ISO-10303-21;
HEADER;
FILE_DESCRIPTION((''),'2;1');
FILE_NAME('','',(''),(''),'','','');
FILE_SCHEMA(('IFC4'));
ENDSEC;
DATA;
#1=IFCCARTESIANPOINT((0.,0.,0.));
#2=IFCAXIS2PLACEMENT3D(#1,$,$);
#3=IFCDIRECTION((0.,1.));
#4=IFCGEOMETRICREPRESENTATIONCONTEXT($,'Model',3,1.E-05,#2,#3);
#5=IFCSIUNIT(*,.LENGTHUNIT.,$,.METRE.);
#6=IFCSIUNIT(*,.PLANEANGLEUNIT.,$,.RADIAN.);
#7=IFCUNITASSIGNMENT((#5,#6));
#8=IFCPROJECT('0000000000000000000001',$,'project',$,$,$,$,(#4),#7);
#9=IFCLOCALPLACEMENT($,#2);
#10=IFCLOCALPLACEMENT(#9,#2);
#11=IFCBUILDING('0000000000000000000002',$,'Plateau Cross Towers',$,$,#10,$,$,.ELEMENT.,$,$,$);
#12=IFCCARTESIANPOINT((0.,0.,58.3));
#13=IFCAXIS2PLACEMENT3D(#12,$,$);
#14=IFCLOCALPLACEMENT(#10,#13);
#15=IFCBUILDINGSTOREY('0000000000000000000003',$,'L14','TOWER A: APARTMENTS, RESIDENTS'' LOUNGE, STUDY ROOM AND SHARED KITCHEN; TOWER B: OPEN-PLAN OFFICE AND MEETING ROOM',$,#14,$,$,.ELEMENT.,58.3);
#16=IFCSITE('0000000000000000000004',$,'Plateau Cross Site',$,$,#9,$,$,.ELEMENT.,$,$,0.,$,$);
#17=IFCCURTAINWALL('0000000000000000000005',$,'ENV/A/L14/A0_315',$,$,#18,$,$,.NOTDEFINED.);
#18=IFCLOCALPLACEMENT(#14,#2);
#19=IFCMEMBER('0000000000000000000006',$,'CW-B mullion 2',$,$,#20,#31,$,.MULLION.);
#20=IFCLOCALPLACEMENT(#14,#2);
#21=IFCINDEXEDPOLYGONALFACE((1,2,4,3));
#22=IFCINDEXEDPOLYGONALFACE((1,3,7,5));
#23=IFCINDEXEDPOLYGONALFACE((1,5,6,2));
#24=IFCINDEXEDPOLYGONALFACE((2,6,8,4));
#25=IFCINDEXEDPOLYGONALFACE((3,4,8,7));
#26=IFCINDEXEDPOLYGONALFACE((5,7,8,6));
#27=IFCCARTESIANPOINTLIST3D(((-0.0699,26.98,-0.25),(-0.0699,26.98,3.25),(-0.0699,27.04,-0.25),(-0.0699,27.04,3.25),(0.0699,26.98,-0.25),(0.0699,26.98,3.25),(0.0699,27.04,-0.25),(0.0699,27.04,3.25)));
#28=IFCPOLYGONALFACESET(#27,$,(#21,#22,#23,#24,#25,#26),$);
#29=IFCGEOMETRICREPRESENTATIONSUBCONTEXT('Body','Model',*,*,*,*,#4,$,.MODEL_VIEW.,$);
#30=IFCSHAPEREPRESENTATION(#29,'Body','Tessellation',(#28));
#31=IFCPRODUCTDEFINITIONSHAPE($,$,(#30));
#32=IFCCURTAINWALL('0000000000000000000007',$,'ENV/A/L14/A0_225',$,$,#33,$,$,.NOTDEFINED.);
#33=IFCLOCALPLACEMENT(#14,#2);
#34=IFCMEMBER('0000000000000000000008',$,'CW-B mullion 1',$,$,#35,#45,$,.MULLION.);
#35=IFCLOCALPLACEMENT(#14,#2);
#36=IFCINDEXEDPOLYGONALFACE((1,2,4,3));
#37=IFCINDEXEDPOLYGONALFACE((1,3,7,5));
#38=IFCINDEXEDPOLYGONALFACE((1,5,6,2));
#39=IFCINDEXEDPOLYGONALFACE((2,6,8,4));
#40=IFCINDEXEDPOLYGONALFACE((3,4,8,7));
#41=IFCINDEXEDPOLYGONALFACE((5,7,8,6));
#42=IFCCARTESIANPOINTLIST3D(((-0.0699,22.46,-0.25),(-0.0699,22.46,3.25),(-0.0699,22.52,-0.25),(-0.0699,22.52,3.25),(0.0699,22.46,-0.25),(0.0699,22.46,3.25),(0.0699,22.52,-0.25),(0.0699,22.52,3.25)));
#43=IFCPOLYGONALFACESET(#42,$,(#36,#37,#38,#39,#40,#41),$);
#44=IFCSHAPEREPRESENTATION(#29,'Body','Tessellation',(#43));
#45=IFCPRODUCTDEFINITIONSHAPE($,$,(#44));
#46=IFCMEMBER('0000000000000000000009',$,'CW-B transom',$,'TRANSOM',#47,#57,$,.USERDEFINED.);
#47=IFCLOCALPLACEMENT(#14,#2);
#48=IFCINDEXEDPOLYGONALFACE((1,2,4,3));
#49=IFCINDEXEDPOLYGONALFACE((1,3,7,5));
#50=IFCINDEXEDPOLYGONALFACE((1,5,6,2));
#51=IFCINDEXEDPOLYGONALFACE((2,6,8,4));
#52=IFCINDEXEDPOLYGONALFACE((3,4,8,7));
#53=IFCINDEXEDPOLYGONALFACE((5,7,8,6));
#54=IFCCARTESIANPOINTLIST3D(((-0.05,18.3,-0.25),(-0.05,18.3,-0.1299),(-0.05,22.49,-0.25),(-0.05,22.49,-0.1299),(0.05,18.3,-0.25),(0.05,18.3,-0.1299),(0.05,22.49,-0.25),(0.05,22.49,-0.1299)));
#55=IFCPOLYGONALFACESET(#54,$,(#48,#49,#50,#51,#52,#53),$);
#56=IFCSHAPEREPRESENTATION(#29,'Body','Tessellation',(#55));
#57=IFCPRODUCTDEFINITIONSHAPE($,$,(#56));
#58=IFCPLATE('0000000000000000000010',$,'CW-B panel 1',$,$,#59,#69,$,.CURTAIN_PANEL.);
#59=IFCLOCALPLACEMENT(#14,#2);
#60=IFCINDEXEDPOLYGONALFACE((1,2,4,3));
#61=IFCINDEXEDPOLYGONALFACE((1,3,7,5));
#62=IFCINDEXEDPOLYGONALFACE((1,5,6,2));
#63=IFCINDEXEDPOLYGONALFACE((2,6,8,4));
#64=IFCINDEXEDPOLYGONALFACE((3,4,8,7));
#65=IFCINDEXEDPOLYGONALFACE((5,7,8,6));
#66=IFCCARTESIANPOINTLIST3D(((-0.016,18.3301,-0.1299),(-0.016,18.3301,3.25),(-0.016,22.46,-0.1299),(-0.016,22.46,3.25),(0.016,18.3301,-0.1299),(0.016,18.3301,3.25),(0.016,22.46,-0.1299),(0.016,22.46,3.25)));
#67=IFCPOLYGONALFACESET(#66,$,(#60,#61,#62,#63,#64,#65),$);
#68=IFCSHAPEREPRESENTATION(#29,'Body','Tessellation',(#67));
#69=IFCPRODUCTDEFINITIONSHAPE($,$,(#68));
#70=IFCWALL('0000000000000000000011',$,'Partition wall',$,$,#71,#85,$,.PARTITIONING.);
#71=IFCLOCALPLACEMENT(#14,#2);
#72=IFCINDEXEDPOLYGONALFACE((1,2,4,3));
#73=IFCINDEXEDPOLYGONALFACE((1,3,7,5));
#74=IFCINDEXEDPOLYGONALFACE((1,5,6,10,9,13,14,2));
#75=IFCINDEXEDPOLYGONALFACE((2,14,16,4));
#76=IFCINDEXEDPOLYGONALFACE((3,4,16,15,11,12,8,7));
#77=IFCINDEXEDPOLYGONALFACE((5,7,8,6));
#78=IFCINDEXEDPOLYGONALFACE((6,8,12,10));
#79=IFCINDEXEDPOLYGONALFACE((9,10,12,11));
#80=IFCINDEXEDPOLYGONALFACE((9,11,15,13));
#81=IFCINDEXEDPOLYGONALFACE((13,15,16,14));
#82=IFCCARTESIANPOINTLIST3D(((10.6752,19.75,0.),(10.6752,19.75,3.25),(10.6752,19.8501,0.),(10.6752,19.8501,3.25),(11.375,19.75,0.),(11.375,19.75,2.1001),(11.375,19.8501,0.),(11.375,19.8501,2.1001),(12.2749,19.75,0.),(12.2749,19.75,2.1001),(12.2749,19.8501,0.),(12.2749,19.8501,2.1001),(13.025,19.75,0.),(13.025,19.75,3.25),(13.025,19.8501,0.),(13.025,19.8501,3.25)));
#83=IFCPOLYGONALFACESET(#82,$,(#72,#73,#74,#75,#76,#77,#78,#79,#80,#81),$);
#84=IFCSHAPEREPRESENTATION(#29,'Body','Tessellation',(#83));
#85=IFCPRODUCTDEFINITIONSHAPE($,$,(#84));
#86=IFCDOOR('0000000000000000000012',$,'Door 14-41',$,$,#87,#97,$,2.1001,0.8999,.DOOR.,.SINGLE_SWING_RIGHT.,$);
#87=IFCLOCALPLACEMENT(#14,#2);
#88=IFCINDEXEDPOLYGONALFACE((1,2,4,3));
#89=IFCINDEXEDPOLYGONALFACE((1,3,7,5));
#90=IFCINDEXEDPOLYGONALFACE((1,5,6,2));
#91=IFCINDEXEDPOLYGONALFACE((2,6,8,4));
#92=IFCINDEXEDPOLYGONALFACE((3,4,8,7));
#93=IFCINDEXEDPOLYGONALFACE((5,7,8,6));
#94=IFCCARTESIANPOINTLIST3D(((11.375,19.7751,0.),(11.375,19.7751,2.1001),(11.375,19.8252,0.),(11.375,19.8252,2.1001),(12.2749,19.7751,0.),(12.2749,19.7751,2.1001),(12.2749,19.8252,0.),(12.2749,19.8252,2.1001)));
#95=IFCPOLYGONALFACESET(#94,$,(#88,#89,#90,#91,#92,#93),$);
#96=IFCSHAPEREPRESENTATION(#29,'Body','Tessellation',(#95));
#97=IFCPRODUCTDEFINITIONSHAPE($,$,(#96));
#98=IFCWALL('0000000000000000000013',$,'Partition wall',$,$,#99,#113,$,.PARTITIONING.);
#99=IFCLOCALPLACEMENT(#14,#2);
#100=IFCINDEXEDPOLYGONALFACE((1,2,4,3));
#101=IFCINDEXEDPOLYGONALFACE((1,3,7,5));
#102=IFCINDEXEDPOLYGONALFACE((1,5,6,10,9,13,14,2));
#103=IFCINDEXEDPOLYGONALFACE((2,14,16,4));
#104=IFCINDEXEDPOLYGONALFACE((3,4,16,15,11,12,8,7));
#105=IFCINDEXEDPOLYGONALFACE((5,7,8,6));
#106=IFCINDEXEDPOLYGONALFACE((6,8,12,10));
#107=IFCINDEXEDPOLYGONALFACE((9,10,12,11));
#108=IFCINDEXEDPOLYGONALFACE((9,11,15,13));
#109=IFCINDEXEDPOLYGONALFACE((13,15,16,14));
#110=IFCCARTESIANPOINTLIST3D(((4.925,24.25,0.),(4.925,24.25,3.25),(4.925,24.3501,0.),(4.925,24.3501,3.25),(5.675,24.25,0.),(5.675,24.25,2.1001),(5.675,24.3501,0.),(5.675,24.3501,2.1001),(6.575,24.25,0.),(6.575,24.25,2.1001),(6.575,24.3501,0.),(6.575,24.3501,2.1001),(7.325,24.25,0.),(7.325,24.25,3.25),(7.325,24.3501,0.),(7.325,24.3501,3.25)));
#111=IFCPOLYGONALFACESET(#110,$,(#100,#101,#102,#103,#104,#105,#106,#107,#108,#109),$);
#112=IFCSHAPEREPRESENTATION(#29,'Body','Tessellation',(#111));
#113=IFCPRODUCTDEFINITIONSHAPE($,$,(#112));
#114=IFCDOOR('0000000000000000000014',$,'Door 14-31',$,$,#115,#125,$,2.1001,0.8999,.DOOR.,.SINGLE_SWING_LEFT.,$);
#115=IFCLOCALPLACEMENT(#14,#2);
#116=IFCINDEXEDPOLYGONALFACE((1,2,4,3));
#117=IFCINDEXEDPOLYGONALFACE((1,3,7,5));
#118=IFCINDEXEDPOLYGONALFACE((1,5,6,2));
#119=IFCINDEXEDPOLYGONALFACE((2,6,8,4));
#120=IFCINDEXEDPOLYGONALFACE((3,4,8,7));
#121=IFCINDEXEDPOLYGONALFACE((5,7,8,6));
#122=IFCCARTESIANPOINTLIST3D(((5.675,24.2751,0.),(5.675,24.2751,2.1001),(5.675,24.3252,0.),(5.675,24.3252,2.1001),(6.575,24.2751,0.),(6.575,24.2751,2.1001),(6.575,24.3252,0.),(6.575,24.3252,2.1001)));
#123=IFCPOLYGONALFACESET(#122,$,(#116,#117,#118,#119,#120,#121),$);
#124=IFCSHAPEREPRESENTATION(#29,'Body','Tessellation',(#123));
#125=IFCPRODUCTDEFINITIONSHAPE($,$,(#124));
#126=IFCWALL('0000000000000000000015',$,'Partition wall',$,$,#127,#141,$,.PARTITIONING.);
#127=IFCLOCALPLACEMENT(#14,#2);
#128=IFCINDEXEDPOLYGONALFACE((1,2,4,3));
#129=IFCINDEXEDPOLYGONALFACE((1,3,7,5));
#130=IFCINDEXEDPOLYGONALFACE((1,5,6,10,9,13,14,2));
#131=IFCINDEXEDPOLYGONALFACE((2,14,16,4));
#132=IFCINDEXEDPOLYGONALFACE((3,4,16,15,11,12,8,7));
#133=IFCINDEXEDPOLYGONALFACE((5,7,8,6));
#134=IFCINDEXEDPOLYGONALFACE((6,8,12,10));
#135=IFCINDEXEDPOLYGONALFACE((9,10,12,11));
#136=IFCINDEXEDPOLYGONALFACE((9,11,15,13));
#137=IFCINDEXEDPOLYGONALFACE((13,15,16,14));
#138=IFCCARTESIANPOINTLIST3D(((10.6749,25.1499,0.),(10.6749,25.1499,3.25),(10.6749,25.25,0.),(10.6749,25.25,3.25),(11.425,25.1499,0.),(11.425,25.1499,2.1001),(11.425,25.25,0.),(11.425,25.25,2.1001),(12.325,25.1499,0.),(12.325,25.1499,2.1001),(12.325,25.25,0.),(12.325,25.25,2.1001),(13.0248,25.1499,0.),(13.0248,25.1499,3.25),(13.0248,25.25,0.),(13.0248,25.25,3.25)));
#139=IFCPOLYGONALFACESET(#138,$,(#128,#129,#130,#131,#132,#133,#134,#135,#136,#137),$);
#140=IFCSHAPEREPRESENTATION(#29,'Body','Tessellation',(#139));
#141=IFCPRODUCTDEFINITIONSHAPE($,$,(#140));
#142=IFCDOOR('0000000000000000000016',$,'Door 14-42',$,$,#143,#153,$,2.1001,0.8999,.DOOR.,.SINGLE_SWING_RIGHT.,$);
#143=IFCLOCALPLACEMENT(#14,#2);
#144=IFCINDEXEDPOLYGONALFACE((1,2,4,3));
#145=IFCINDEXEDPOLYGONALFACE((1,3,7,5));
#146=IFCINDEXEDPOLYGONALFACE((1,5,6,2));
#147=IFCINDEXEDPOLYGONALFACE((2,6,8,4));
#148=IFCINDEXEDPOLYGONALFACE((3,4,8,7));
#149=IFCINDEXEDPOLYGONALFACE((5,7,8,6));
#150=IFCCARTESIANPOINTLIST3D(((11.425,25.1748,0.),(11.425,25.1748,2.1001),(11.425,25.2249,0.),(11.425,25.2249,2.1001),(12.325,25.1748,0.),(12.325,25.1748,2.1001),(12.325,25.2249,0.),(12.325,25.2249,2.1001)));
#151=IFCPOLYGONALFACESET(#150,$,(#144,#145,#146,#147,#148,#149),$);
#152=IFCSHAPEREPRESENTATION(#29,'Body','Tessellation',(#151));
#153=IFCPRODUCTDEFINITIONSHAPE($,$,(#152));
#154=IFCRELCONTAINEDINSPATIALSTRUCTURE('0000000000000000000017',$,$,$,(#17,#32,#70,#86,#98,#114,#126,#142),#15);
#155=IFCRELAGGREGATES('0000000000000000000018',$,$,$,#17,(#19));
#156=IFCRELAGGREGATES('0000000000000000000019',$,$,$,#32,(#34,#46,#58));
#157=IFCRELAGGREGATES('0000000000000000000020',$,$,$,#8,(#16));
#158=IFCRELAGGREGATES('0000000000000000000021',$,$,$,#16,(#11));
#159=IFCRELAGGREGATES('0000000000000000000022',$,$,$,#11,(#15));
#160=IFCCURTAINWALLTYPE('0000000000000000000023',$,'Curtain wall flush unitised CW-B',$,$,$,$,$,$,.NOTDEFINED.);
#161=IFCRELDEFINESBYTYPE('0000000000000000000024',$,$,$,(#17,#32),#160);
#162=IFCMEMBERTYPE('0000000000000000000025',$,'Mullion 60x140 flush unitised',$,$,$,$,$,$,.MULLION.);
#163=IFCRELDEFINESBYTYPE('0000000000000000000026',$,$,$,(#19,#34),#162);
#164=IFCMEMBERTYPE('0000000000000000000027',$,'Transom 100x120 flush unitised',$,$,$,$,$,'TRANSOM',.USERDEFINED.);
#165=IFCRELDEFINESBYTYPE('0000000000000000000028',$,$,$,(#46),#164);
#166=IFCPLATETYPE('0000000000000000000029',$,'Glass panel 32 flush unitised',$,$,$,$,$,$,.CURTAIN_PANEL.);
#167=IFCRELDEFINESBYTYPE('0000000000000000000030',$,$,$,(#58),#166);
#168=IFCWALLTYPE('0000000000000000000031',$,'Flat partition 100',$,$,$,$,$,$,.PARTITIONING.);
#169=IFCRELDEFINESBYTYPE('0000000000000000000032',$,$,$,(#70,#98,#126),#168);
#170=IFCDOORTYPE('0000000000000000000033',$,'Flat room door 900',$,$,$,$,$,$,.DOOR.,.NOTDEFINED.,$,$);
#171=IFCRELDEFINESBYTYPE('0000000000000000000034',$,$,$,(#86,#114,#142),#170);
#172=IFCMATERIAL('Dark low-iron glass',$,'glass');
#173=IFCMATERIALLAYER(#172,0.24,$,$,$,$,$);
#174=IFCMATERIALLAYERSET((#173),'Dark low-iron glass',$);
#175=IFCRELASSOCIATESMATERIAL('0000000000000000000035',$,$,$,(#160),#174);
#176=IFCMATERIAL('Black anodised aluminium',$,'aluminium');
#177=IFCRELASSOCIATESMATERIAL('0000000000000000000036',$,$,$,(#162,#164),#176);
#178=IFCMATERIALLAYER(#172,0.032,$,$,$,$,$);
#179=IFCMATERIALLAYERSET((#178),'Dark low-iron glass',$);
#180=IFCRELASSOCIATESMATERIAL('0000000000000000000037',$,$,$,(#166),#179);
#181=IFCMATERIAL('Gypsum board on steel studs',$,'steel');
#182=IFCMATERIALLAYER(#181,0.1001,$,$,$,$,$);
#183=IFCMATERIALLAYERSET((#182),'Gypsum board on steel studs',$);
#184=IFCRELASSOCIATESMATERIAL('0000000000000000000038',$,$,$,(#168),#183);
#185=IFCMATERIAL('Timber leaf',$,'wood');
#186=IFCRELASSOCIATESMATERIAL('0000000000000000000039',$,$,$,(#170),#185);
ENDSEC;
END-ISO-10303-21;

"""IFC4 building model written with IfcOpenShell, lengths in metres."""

from ifc_helpers import new_model, si_unit, direction, frame, frame_2d, origin, origin_2d, place, context, subcontext, project, spatial, rectangle, extrude, material, layer, layer_set, material_profile, profile_set, type_object, element, fill, aggregate, save


model = new_model("IFC4")

# Units and contexts
model_context = context("Model", 3, precision=1e-05, world=origin(), true_north=direction((0.0, 1.0)))
body_context = subcontext(model_context, "Body", "Model", "MODEL_VIEW")
ifc_project = project(units=[si_unit("LENGTHUNIT", "METRE"), si_unit("PLANEANGLEUNIT", "RADIAN")], contexts=[model_context])

# Site, building, storey
site_placement = place(None, origin())
site = spatial("IfcSite", under=ifc_project, at=site_placement, Name="Plateau Cross Site", CompositionType="ELEMENT", RefElevation=0.0)
building_placement = place(site_placement, origin())
building = spatial("IfcBuilding", under=site, at=building_placement, Name="Plateau Cross Towers", CompositionType="ELEMENT")
storey_placement = place(building_placement, frame((0.0, 0.0, 58.3)))
storey = spatial("IfcBuildingStorey", under=building, at=storey_placement, Name="L14", Description="TOWER A: APARTMENTS, RESIDENTS' LOUNGE, STUDY ROOM AND SHARED KITCHEN; TOWER B: OPEN-PLAN OFFICE AND MEETING ROOM", CompositionType="ELEMENT", Elevation=58.3)

# Curtain wall, member
ifc_material_1 = material(Name="Dark low-iron glass", Category="glass")
ifc_layer_1 = layer(ifc_material_1, 0.24)
ifc_layer_set_1 = layer_set([ifc_layer_1], Name="Dark low-iron glass")
curtain_wall_type = type_object("IfcCurtainWallType", Name="Curtain wall flush unitised CW-B", PredefinedType="NOTDEFINED", material=ifc_layer_set_1)
curtain_wall_1_placement = place(storey_placement, origin())
curtain_wall_1 = element("IfcCurtainWall", 1, at=curtain_wall_1_placement, inside=storey, type_object=curtain_wall_type, Name="ENV/A/L14/A0_315", PredefinedType="NOTDEFINED")
ifc_material_2 = material(Name="Black anodised aluminium", Category="aluminium")
ifc_material_profile_1 = material_profile(ifc_material_2, rectangle(XDim=0.0601, YDim=0.1399, at=origin_2d()), Name="MULLION 60x140")
ifc_profile_set_1 = profile_set([ifc_material_profile_1], Name="Black anodised aluminium")
member_type_1 = type_object("IfcMemberType", Name="Mullion 60x140 flush unitised", PredefinedType="MULLION", material=ifc_profile_set_1)
member_1_placement = place(storey_placement, frame((0.0, 27.01, -0.25), z_axis=(0.0, 0.0, 1.0), x_axis=(0.0, -1.0, 0.0)))
member_1 = element("IfcMember", 2, at=member_1_placement, type_object=member_type_1, Name="CW-B mullion 2", PredefinedType="MULLION", context=body_context, shape_type="SweptSolid", body=[
    extrude(rectangle(XDim=0.0601, YDim=0.1399, at=origin_2d()), origin(), (0.0, 0.0, 1.0), 3.5),
])
aggregate(curtain_wall_1, [member_1])

# Curtain wall, members, plate
curtain_wall_2_placement = place(storey_placement, origin())
curtain_wall_2 = element("IfcCurtainWall", 3, at=curtain_wall_2_placement, inside=storey, type_object=curtain_wall_type, Name="ENV/A/L14/A0_225", PredefinedType="NOTDEFINED")
member_2_placement = place(storey_placement, frame((0.0, 22.49, -0.25), z_axis=(0.0, 0.0, 1.0), x_axis=(0.0, -1.0, 0.0)))
member_2 = element("IfcMember", 4, at=member_2_placement, type_object=member_type_1, Name="CW-B mullion 1", PredefinedType="MULLION", context=body_context, shape_type="SweptSolid", body=[
    extrude(rectangle(XDim=0.0601, YDim=0.1399, at=origin_2d()), origin(), (0.0, 0.0, 1.0), 3.5),
])
ifc_material_profile_2 = material_profile(ifc_material_2, rectangle(XDim=0.1001, YDim=0.1201, at=origin_2d()), Name="TRANSOM 100x120")
ifc_profile_set_2 = profile_set([ifc_material_profile_2], Name="Black anodised aluminium")
member_type_2 = type_object("IfcMemberType", Name="Transom 100x120 flush unitised", ElementType="TRANSOM", PredefinedType="USERDEFINED", material=ifc_profile_set_2)
member_3_placement = place(storey_placement, frame((0.0, 22.49, -0.1899), z_axis=(0.0, -1.0, 0.0), x_axis=(1.0, 0.0, 0.0)))
member_3 = element("IfcMember", 5, at=member_3_placement, type_object=member_type_2, Name="CW-B transom", ObjectType="TRANSOM", PredefinedType="USERDEFINED", context=body_context, shape_type="SweptSolid", body=[
    extrude(rectangle(XDim=0.1001, YDim=0.1201, at=origin_2d()), origin(), (0.0, 0.0, 1.0), 4.1899),
])
ifc_layer_2 = layer(ifc_material_1, 0.032)
ifc_layer_set_2 = layer_set([ifc_layer_2], Name="Dark low-iron glass")
plate_type = type_object("IfcPlateType", Name="Glass panel 32 flush unitised", PredefinedType="CURTAIN_PANEL", material=ifc_layer_set_2)
plate_placement = place(storey_placement, frame((0.0, 20.395, -0.1299), z_axis=(0.0, 0.0, 1.0), x_axis=(0.0, -1.0, 0.0)))
plate = element("IfcPlate", 6, at=plate_placement, type_object=plate_type, Name="CW-B panel 1", PredefinedType="CURTAIN_PANEL", context=body_context, shape_type="SweptSolid", body=[
    extrude(rectangle(XDim=4.1299, YDim=0.032, at=origin_2d()), origin(), (0.0, 0.0, 1.0), 3.3799),
])
aggregate(curtain_wall_2, [member_2, member_3, plate])

# Walls, openings, doors
ifc_material_3 = material(Name="Gypsum board on steel studs", Category="steel")
ifc_layer_3 = layer(ifc_material_3, 0.1001)
ifc_layer_set_3 = layer_set([ifc_layer_3], Name="Gypsum board on steel studs")
wall_type_1 = type_object("IfcWallType", Name="Flat partition 100", PredefinedType="PARTITIONING", material=ifc_layer_set_3)
wall_1_placement = place(storey_placement, frame((13.0249, 19.8, 0.0), z_axis=(0.0, 0.0, 1.0), x_axis=(-1.0, 0.0, 0.0)))
wall_1 = element("IfcWall", 7, at=wall_1_placement, inside=storey, type_object=wall_type_1, Name="Partition wall", PredefinedType="PARTITIONING", context=body_context, shape_type="SweptSolid", body=[
    extrude(rectangle(XDim=2.3499, YDim=0.1001, at=frame_2d((1.1748, 0.0))), origin(), (0.0, 0.0, 1.0), 3.25),
])
opening_1_placement = place(wall_1_placement, frame((0.75, 0.0, 0.0)))
opening_1 = element("IfcOpeningElement", 8, at=opening_1_placement, cuts=wall_1, PredefinedType="OPENING", context=body_context, shape_type="SweptSolid", body=[
    extrude(rectangle(XDim=0.8999, YDim=2.1001, at=frame_2d((0.45, 1.05))), frame((0.0, 0.0601, 0.0), z_axis=(0.0, -1.0, 0.0), x_axis=(1.0, 0.0, 0.0)), (0.0, 0.0, 1.0), 0.1201),
])
ifc_material_4 = material(Name="Timber leaf", Category="wood")
door_type_1 = type_object("IfcDoorType", Name="Flat room door 900", OperationType="NOTDEFINED", PredefinedType="DOOR", material=ifc_material_4)
door_1_placement = place(opening_1_placement, origin())
door_1 = element("IfcDoor", 9, at=door_1_placement, inside=storey, type_object=door_type_1, Name="Door 14-41", OperationType="SINGLE_SWING_RIGHT", OverallHeight=2.1001, OverallWidth=0.8999, PredefinedType="DOOR", context=body_context, shape_type="SweptSolid", body=[
    extrude(rectangle(XDim=0.8999, YDim=2.1001, at=frame_2d((0.45, 1.05))), frame((0.0, 0.0249, 0.0), z_axis=(0.0, -1.0, 0.0), x_axis=(1.0, 0.0, 0.0)), (0.0, 0.0, 1.0), 0.05),
])
fill(opening_1, door_1)
wall_2_placement = place(storey_placement, frame((7.325, 24.3, 0.0), z_axis=(0.0, 0.0, 1.0), x_axis=(-1.0, 0.0, 0.0)))
wall_2 = element("IfcWall", 10, at=wall_2_placement, inside=storey, type_object=wall_type_1, Name="Partition wall", PredefinedType="PARTITIONING", context=body_context, shape_type="SweptSolid", body=[
    extrude(rectangle(XDim=2.3999, YDim=0.1001, at=frame_2d((1.2, 0.0))), origin(), (0.0, 0.0, 1.0), 3.25),
])
opening_2_placement = place(wall_2_placement, frame((0.75, 0.0, 0.0)))
opening_2 = element("IfcOpeningElement", 11, at=opening_2_placement, cuts=wall_2, PredefinedType="OPENING", context=body_context, shape_type="SweptSolid", body=[
    extrude(rectangle(XDim=0.8999, YDim=2.1001, at=frame_2d((0.45, 1.05))), frame((0.0, 0.0601, 0.0), z_axis=(0.0, -1.0, 0.0), x_axis=(1.0, 0.0, 0.0)), (0.0, 0.0, 1.0), 0.1201),
])
door_2_placement = place(opening_2_placement, origin())
door_2 = element("IfcDoor", 12, at=door_2_placement, inside=storey, type_object=door_type_1, Name="Door 14-31", OperationType="SINGLE_SWING_LEFT", OverallHeight=2.1001, OverallWidth=0.8999, PredefinedType="DOOR", context=body_context, shape_type="SweptSolid", body=[
    extrude(rectangle(XDim=0.8999, YDim=2.1001, at=frame_2d((0.45, 1.05))), frame((0.0, 0.0249, 0.0), z_axis=(0.0, -1.0, 0.0), x_axis=(1.0, 0.0, 0.0)), (0.0, 0.0, 1.0), 0.05),
])
fill(opening_2, door_2)
wall_3_placement = place(storey_placement, frame((10.675, 25.2, 0.0), z_axis=(0.0, 0.0, 1.0), x_axis=(1.0, 0.0, 0.0)))
wall_3 = element("IfcWall", 13, at=wall_3_placement, inside=storey, type_object=wall_type_1, Name="Partition wall", PredefinedType="PARTITIONING", context=body_context, shape_type="SweptSolid", body=[
    extrude(rectangle(XDim=2.3499, YDim=0.1001, at=frame_2d((1.1748, 0.0))), origin(), (0.0, 0.0, 1.0), 3.25),
])
opening_3_placement = place(wall_3_placement, frame((0.75, 0.0, 0.0)))
opening_3 = element("IfcOpeningElement", 14, at=opening_3_placement, cuts=wall_3, PredefinedType="OPENING", context=body_context, shape_type="SweptSolid", body=[
    extrude(rectangle(XDim=0.8999, YDim=2.1001, at=frame_2d((0.45, 1.05))), frame((0.0, 0.0601, 0.0), z_axis=(0.0, -1.0, 0.0), x_axis=(1.0, 0.0, 0.0)), (0.0, 0.0, 1.0), 0.1201),
])
door_3_placement = place(opening_3_placement, origin())
door_3 = element("IfcDoor", 15, at=door_3_placement, inside=storey, type_object=door_type_1, Name="Door 14-42", OperationType="SINGLE_SWING_RIGHT", OverallHeight=2.1001, OverallWidth=0.8999, PredefinedType="DOOR", context=body_context, shape_type="SweptSolid", body=[
    extrude(rectangle(XDim=0.8999, YDim=2.1001, at=frame_2d((0.45, 1.05))), frame((0.0, 0.0249, 0.0), z_axis=(0.0, -1.0, 0.0), x_axis=(1.0, 0.0, 0.0)), (0.0, 0.0, 1.0), 0.05),
])
fill(opening_3, door_3)

save(model, "model.ifc")
